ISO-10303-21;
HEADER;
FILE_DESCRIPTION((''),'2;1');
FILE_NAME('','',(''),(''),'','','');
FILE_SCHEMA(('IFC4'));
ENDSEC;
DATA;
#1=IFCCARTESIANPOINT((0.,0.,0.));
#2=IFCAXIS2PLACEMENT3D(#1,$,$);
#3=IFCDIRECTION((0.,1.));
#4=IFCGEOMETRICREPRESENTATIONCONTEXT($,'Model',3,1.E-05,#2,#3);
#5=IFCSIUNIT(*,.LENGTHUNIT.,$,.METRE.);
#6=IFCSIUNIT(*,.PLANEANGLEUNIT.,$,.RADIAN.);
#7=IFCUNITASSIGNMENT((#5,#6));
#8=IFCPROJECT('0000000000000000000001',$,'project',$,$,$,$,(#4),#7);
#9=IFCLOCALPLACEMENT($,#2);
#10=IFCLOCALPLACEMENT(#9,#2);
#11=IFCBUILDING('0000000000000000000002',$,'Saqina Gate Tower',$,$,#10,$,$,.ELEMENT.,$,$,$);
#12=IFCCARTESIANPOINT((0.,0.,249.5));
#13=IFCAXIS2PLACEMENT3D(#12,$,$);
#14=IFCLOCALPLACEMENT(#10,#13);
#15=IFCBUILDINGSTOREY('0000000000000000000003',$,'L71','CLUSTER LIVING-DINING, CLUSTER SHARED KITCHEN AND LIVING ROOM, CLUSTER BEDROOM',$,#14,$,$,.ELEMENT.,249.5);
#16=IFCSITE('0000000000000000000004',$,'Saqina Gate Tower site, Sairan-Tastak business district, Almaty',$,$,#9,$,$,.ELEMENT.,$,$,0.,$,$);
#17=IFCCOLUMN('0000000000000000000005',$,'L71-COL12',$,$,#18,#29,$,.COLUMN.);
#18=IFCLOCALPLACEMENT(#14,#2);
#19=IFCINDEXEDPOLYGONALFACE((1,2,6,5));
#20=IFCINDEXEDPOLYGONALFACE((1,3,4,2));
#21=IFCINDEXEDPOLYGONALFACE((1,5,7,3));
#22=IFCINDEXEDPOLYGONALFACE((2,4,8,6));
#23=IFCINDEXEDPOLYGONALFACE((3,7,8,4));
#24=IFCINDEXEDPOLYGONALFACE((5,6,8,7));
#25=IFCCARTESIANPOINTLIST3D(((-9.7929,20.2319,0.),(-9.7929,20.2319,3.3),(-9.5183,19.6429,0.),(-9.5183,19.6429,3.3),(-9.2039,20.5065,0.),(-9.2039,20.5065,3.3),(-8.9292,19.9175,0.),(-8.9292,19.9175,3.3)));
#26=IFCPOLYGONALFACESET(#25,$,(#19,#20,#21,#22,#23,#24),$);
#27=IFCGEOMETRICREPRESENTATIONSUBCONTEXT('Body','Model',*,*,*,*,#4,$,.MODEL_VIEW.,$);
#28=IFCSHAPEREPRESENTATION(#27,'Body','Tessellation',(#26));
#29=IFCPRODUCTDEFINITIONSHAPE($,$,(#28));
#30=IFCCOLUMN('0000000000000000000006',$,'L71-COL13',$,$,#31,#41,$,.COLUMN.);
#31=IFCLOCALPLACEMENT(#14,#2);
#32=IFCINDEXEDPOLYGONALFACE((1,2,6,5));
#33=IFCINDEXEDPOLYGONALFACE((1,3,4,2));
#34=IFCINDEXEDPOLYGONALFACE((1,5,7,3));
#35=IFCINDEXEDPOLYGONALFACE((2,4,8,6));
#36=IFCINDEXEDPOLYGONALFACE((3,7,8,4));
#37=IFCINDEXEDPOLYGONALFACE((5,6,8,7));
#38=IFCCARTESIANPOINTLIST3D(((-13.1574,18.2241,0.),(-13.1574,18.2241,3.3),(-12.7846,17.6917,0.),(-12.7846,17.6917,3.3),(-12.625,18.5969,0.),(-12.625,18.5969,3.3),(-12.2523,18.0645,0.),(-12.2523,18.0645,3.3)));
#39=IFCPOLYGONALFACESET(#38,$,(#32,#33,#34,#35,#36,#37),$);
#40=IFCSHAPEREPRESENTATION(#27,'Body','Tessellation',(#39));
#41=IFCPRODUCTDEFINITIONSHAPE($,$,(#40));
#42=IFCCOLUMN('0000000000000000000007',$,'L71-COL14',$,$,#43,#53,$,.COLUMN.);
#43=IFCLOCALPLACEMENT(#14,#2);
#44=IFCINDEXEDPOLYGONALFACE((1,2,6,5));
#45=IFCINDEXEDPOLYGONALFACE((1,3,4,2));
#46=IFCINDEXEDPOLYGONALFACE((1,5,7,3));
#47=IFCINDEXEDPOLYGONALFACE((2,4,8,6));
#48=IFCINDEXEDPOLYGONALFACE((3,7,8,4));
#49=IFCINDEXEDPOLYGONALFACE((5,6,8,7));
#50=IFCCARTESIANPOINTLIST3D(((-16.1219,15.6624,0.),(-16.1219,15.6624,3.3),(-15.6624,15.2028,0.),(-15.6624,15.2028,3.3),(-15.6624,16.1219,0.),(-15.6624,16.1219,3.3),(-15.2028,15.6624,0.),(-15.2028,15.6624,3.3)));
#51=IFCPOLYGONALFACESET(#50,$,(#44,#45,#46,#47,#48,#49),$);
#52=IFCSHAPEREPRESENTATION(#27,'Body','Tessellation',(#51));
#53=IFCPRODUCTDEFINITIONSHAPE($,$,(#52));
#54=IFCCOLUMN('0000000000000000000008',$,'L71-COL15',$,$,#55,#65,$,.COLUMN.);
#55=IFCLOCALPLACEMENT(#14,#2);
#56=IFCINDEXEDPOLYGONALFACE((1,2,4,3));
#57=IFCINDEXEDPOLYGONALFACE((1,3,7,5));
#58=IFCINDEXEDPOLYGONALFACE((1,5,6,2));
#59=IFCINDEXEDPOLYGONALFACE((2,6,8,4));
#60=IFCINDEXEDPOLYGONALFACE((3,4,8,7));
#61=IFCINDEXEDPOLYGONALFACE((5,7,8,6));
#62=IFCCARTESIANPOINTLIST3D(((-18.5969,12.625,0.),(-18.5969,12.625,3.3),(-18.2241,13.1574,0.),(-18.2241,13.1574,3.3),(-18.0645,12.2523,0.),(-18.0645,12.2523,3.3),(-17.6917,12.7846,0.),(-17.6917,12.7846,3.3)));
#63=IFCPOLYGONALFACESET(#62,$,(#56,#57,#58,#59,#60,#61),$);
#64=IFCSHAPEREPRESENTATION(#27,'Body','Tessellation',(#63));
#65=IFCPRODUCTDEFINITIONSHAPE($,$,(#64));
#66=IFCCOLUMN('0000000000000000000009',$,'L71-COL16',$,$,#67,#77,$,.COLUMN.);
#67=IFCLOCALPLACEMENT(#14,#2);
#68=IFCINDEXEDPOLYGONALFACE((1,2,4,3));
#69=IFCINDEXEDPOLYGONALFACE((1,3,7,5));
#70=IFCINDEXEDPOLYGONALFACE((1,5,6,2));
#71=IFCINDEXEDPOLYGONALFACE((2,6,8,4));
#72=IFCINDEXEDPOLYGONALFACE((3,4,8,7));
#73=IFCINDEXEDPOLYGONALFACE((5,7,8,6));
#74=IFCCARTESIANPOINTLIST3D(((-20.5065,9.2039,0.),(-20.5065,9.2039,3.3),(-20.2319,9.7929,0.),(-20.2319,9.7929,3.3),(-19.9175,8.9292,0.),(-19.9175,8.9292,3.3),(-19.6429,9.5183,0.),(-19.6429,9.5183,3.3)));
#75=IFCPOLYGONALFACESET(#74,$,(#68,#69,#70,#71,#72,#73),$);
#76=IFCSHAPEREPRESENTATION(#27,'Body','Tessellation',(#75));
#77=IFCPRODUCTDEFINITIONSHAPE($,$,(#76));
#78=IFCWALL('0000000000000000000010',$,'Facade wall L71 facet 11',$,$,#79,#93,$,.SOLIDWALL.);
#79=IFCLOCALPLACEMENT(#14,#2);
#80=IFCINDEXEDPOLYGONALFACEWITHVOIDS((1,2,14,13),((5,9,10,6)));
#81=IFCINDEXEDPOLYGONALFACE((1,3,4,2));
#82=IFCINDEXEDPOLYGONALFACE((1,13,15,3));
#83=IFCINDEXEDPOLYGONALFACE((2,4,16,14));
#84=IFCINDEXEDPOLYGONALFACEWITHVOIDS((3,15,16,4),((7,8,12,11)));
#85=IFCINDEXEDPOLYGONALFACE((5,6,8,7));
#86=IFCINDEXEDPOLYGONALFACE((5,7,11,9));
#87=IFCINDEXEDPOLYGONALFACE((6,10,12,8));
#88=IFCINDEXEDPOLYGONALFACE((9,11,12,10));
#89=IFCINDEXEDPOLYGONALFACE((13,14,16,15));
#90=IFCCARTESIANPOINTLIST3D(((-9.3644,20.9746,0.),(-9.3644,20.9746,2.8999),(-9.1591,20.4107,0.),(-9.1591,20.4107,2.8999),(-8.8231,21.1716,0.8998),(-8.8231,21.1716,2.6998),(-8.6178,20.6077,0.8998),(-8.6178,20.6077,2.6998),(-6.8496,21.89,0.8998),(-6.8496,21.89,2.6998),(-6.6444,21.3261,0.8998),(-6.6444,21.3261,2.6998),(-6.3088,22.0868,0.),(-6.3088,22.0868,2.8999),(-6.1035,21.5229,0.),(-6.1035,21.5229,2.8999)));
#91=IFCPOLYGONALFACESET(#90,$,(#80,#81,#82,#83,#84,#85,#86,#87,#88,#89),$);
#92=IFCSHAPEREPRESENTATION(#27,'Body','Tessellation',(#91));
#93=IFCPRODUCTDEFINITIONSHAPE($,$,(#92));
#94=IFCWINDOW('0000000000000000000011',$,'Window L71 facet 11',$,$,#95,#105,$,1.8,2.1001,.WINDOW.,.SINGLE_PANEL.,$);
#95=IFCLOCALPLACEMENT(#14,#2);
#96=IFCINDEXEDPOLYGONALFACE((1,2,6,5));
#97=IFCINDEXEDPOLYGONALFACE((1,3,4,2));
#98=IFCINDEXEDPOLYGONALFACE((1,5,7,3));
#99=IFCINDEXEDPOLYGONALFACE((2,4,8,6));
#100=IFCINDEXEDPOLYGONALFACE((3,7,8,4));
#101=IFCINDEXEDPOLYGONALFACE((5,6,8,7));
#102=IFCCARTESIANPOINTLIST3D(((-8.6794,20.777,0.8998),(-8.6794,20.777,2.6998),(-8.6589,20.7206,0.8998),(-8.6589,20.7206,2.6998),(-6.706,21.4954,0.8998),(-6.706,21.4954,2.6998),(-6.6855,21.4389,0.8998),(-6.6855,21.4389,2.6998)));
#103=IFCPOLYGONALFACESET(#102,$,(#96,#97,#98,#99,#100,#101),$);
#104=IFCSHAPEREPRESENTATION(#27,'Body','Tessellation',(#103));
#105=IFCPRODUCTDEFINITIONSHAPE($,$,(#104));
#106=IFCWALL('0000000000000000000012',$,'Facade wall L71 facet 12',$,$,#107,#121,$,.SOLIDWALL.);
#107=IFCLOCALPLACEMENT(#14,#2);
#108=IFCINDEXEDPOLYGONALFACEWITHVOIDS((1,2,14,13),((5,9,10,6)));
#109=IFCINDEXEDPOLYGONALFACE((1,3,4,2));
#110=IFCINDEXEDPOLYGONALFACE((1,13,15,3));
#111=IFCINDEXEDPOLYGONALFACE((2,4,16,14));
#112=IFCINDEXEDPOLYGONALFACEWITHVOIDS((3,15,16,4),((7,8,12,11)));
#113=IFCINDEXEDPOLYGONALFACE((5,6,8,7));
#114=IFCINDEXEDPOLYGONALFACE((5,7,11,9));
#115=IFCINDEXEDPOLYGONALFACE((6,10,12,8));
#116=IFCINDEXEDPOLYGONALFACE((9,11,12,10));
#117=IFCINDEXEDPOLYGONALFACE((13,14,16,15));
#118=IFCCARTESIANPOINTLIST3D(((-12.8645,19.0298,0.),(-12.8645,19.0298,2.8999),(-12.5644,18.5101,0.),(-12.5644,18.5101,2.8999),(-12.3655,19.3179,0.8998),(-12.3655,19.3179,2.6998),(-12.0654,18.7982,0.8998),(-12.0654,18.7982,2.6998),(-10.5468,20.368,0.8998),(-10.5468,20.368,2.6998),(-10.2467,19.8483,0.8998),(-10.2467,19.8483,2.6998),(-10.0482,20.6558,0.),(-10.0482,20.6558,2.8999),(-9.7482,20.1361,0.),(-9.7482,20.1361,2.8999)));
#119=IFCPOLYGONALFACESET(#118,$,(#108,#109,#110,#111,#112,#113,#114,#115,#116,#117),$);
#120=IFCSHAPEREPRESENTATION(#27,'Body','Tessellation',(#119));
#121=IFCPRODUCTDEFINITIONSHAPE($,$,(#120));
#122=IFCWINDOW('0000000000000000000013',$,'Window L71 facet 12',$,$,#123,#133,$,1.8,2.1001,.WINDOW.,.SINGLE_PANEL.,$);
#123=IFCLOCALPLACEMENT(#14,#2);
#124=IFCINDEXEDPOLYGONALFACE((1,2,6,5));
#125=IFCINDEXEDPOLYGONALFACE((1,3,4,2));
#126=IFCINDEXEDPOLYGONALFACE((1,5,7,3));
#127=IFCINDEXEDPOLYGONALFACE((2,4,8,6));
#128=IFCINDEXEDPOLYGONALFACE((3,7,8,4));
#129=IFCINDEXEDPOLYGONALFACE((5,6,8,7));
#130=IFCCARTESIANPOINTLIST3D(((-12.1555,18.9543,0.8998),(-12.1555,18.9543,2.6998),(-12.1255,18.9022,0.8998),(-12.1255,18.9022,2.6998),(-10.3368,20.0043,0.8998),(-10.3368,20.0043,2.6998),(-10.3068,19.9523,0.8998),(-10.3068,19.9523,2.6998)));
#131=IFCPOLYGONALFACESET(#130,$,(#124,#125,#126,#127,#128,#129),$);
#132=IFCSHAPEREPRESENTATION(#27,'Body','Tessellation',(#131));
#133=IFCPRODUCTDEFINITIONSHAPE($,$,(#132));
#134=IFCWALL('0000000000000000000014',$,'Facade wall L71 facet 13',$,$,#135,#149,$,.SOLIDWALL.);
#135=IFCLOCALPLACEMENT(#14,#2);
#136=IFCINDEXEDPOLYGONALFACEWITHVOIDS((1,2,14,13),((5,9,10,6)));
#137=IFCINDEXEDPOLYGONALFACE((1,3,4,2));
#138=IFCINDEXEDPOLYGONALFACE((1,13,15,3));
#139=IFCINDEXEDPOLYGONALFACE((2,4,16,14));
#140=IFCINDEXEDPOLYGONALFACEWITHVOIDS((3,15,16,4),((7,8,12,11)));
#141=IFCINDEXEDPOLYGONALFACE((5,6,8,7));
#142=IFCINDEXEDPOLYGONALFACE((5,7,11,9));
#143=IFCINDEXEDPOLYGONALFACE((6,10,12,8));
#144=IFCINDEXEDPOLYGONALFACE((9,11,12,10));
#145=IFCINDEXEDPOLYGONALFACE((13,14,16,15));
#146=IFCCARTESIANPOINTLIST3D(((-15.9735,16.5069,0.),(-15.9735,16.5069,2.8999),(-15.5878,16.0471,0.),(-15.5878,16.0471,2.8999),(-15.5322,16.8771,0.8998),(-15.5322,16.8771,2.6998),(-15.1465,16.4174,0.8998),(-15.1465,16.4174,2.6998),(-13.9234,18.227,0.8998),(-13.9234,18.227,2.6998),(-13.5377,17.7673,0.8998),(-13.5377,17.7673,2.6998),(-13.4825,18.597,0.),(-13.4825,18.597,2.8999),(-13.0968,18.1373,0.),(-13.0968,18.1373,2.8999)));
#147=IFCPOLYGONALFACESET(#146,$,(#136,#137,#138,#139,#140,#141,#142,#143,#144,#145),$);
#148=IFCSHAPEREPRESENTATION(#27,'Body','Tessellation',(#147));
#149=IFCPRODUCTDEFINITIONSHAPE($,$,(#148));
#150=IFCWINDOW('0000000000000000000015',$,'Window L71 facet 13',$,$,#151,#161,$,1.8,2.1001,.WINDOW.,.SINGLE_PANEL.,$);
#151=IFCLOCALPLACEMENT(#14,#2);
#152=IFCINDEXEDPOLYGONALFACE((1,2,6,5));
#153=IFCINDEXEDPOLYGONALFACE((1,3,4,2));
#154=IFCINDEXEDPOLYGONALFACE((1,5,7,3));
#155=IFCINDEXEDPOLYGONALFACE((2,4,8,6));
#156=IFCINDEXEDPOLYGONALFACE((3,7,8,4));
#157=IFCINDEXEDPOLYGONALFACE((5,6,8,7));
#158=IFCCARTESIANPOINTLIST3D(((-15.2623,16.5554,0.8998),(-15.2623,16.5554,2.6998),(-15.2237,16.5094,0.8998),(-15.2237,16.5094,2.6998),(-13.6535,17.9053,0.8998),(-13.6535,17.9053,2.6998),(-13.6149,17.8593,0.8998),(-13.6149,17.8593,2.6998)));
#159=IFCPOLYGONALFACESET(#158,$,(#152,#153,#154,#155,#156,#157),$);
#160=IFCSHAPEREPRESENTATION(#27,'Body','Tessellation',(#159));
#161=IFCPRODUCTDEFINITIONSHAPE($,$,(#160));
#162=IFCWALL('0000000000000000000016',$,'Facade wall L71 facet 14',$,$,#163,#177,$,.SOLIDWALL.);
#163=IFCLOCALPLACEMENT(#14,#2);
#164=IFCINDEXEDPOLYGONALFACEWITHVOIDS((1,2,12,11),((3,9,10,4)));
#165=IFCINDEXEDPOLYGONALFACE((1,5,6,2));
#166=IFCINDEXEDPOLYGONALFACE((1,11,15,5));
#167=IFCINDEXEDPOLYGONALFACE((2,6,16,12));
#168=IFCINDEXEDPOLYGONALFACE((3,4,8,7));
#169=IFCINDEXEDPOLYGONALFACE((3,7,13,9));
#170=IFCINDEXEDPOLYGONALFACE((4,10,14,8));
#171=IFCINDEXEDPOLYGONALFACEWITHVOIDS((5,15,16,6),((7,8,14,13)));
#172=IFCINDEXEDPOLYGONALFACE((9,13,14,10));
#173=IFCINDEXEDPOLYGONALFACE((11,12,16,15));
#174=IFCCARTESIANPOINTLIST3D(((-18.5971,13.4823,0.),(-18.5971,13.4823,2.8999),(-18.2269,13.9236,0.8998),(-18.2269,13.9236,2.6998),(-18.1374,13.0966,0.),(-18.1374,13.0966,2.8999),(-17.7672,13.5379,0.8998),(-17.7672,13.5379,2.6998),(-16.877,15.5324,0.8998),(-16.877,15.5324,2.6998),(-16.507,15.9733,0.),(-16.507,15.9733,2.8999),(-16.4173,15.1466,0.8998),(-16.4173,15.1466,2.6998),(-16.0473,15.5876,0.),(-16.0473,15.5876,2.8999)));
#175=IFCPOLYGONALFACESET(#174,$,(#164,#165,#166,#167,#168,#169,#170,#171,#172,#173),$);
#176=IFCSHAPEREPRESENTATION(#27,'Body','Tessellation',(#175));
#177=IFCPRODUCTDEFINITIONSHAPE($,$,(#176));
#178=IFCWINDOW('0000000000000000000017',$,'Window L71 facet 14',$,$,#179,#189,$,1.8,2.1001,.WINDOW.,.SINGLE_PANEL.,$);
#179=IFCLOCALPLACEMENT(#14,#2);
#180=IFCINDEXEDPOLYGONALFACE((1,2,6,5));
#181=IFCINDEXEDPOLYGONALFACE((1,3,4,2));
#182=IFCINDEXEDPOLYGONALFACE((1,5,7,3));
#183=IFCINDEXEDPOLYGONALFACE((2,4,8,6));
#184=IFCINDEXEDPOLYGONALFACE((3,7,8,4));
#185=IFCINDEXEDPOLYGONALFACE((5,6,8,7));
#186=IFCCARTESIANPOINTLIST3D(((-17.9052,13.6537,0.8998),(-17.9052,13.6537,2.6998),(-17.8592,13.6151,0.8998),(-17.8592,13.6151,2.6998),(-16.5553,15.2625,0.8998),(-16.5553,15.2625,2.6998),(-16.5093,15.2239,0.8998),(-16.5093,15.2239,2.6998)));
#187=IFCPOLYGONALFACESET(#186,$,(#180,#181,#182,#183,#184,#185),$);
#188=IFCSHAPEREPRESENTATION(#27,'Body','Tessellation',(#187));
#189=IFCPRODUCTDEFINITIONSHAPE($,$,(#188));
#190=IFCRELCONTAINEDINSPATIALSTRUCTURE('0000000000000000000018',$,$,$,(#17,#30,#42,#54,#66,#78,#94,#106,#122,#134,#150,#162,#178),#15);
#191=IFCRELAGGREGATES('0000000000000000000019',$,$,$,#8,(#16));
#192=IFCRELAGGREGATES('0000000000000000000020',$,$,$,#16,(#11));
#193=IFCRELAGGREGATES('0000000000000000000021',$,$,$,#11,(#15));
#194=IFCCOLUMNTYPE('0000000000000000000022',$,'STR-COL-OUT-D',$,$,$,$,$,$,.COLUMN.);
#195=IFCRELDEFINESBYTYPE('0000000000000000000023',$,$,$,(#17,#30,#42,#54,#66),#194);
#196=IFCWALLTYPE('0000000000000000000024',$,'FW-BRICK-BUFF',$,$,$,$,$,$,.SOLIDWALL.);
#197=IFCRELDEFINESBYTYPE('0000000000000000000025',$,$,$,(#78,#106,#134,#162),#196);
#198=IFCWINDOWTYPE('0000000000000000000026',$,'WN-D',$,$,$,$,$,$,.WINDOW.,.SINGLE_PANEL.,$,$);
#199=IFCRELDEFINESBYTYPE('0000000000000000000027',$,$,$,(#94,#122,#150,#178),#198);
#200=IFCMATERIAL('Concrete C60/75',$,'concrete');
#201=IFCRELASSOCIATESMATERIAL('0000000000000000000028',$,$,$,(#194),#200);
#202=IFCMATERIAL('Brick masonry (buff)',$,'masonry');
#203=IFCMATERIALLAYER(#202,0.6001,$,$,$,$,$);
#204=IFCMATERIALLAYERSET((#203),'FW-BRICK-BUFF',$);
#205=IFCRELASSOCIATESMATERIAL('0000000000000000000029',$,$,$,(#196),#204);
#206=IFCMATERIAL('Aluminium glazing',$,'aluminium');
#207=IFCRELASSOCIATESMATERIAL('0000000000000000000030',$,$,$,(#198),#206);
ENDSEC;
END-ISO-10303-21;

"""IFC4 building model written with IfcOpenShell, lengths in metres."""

from ifc_helpers import new_model, si_unit, direction, frame, frame_2d, origin, origin_2d, place, context, subcontext, project, spatial, rectangle, extrude, material, layer, layer_set, material_profile, profile_set, type_object, element, fill, save


model = new_model("IFC4")

# Units and contexts
model_context = context("Model", 3, precision=1e-05, world=origin(), true_north=direction((0.0, 1.0)))
body_context = subcontext(model_context, "Body", "Model", "MODEL_VIEW")
ifc_project = project(units=[si_unit("LENGTHUNIT", "METRE"), si_unit("PLANEANGLEUNIT", "RADIAN")], contexts=[model_context])

# Site, building, storey
site_placement = place(None, origin())
site = spatial("IfcSite", under=ifc_project, at=site_placement, Name="Saqina Gate Tower site, Sairan-Tastak business district, Almaty", CompositionType="ELEMENT", RefElevation=0.0)
building_placement = place(site_placement, origin())
building = spatial("IfcBuilding", under=site, at=building_placement, Name="Saqina Gate Tower", CompositionType="ELEMENT")
storey_placement = place(building_placement, frame((0.0, 0.0, 249.5)))
storey = spatial("IfcBuildingStorey", under=building, at=storey_placement, Name="L71", Description="CLUSTER LIVING-DINING, CLUSTER SHARED KITCHEN AND LIVING ROOM, CLUSTER BEDROOM", CompositionType="ELEMENT", Elevation=249.5)

# Columns
ifc_material_1 = material(Name="Concrete C60/75", Category="concrete")
ifc_material_profile = material_profile(ifc_material_1, rectangle(XDim=0.6499, YDim=0.6499, at=origin_2d()), Name="RC 650x650")
ifc_profile_set = profile_set([ifc_material_profile], Name="Concrete C60/75")
column_type = type_object("IfcColumnType", Name="STR-COL-OUT-D", PredefinedType="COLUMN", material=ifc_profile_set)
for number, where, z_axis, x_axis, name in (
    (1, (-9.3611, 20.0747, 0.0), (0.0, 0.0, 1.0), (-0.422618, 0.906308, 0.0), "L71-COL12"),
    (2, (-12.7048, 18.1443, 0.0), (0.0, 0.0, 1.0), (-0.573576, 0.819152, 0.0), "L71-COL13"),
    (3, (-15.6624, 15.6624, 0.0), (0.0, 0.0, 1.0), (-0.707107, 0.707107, 0.0), "L71-COL14"),
    (4, (-18.1443, 12.7048, 0.0), (0.0, 0.0, 1.0), (-0.819152, 0.573576, 0.0), "L71-COL15"),
    (5, (-20.0747, 9.3611, 0.0), (0.0, 0.0, 1.0), (-0.906308, 0.422618, 0.0), "L71-COL16"),
):
    element("IfcColumn", number, at=place(storey_placement, frame(where, z_axis=z_axis, x_axis=x_axis)), inside=storey, type_object=column_type, Name=name, PredefinedType="COLUMN", context=body_context, shape_type="SweptSolid", body=[
        extrude(rectangle(XDim=0.6499, YDim=0.6499, at=origin_2d()), origin(), (0.0, 0.0, 1.0), 3.3),
    ])

# Walls, openings, windows
ifc_material_2 = material(Name="Brick masonry (buff)", Category="masonry")
ifc_layer_1 = layer(ifc_material_2, 0.6001)
ifc_layer_set_1 = layer_set([ifc_layer_1], Name="FW-BRICK-BUFF")
wall_type_1 = type_object("IfcWallType", Name="FW-BRICK-BUFF", PredefinedType="SOLIDWALL", material=ifc_layer_set_1)
wall_1_placement = place(storey_placement, frame((-6.2061, 21.8049, 0.0), z_axis=(0.0, 0.0, 1.0), x_axis=(-0.939679, -0.342057, 0.0)))
wall_1 = element("IfcWall", 6, at=wall_1_placement, inside=storey, type_object=wall_type_1, Name="Facade wall L71 facet 11", PredefinedType="SOLIDWALL", context=body_context, shape_type="SweptSolid", body=[
    extrude(rectangle(XDim=3.2517, YDim=0.6001, at=frame_2d((1.626, 0.0))), origin(), (0.0, 0.0, 1.0), 2.8999),
])
opening_1_placement = place(wall_1_placement, frame((0.5757, 0.0, 0.8999)))
opening_1 = element("IfcOpeningElement", 7, at=opening_1_placement, cuts=wall_1, PredefinedType="OPENING", context=body_context, shape_type="SweptSolid", body=[
    extrude(rectangle(XDim=2.1001, YDim=1.8, at=frame_2d((1.05, 0.8999))), frame((0.0, 0.312, 0.0), z_axis=(0.0, -1.0, 0.0), x_axis=(1.0, 0.0, 0.0)), (0.0, 0.0, 1.0), 0.624),
])
ifc_material_3 = material(Name="Aluminium glazing", Category="aluminium")
window_type = type_object("IfcWindowType", Name="WN-D", PartitioningType="SINGLE_PANEL", PredefinedType="WINDOW", material=ifc_material_3)
window_1_placement = place(opening_1_placement, origin())
window_1 = element("IfcWindow", 8, at=window_1_placement, inside=storey, type_object=window_type, Name="Window L71 facet 11", OverallHeight=1.8, OverallWidth=2.1001, PartitioningType="SINGLE_PANEL", PredefinedType="WINDOW", context=body_context, shape_type="SweptSolid", body=[
    extrude(rectangle(XDim=2.1001, YDim=1.8, at=frame_2d((1.05, 0.8999))), frame((0.0, 0.1799, 0.0), z_axis=(0.0, -1.0, 0.0), x_axis=(1.0, 0.0, 0.0)), (0.0, 0.0, 1.0), 0.0601),
])
fill(opening_1, window_1)
wall_2_placement = place(storey_placement, frame((-9.8982, 20.396, 0.0), z_axis=(0.0, 0.0, 1.0), x_axis=(-0.866017, -0.500015, 0.0)))
wall_2 = element("IfcWall", 9, at=wall_2_placement, inside=storey, type_object=wall_type_1, Name="Facade wall L71 facet 12", PredefinedType="SOLIDWALL", context=body_context, shape_type="SweptSolid", body=[
    extrude(rectangle(XDim=3.252, YDim=0.6001, at=frame_2d((1.626, 0.0))), origin(), (0.0, 0.0, 1.0), 2.8999),
])
opening_2_placement = place(wall_2_placement, frame((0.5757, 0.0, 0.8999)))
opening_2 = element("IfcOpeningElement", 10, at=opening_2_placement, cuts=wall_2, PredefinedType="OPENING", context=body_context, shape_type="SweptSolid", body=[
    extrude(rectangle(XDim=2.1001, YDim=1.8, at=frame_2d((1.05, 0.8999))), frame((0.0, 0.312, 0.0), z_axis=(0.0, -1.0, 0.0), x_axis=(1.0, 0.0, 0.0)), (0.0, 0.0, 1.0), 0.624),
])
window_2_placement = place(opening_2_placement, origin())
window_2 = element("IfcWindow", 11, at=window_2_placement, inside=storey, type_object=window_type, Name="Window L71 facet 12", OverallHeight=1.8, OverallWidth=2.1001, PartitioningType="SINGLE_PANEL", PredefinedType="WINDOW", context=body_context, shape_type="SweptSolid", body=[
    extrude(rectangle(XDim=2.1001, YDim=1.8, at=frame_2d((1.05, 0.8999))), frame((0.0, 0.1799, 0.0), z_axis=(0.0, -1.0, 0.0), x_axis=(1.0, 0.0, 0.0)), (0.0, 0.0, 1.0), 0.0601),
])
fill(opening_2, window_2)
wall_3_placement = place(storey_placement, frame((-13.2896, 18.3672, 0.0), z_axis=(0.0, 0.0, 1.0), x_axis=(-0.766057, -0.642773, 0.0)))
wall_3 = element("IfcWall", 12, at=wall_3_placement, inside=storey, type_object=wall_type_1, Name="Facade wall L71 facet 13", PredefinedType="SOLIDWALL", context=body_context, shape_type="SweptSolid", body=[
    extrude(rectangle(XDim=3.2517, YDim=0.6001, at=frame_2d((1.626, 0.0))), origin(), (0.0, 0.0, 1.0), 2.8999),
])
opening_3_placement = place(wall_3_placement, frame((0.5757, 0.0, 0.8999)))
opening_3 = element("IfcOpeningElement", 13, at=opening_3_placement, cuts=wall_3, PredefinedType="OPENING", context=body_context, shape_type="SweptSolid", body=[
    extrude(rectangle(XDim=2.1001, YDim=1.8, at=frame_2d((1.05, 0.8999))), frame((0.0, 0.312, 0.0), z_axis=(0.0, -1.0, 0.0), x_axis=(1.0, 0.0, 0.0)), (0.0, 0.0, 1.0), 0.624),
])
window_3_placement = place(opening_3_placement, origin())
window_3 = element("IfcWindow", 14, at=window_3_placement, inside=storey, type_object=window_type, Name="Window L71 facet 13", OverallHeight=1.8, OverallWidth=2.1001, PartitioningType="SINGLE_PANEL", PredefinedType="WINDOW", context=body_context, shape_type="SweptSolid", body=[
    extrude(rectangle(XDim=2.1001, YDim=1.8, at=frame_2d((1.05, 0.8999))), frame((0.0, 0.1799, 0.0), z_axis=(0.0, -1.0, 0.0), x_axis=(1.0, 0.0, 0.0)), (0.0, 0.0, 1.0), 0.0601),
])
fill(opening_3, window_3)
wall_4_placement = place(storey_placement, frame((-16.2771, 15.7805, 0.0), z_axis=(0.0, 0.0, 1.0), x_axis=(-0.642773, -0.766057, 0.0)))
wall_4 = element("IfcWall", 15, at=wall_4_placement, inside=storey, type_object=wall_type_1, Name="Facade wall L71 facet 14", PredefinedType="SOLIDWALL", context=body_context, shape_type="SweptSolid", body=[
    extrude(rectangle(XDim=3.2517, YDim=0.6001, at=frame_2d((1.626, 0.0))), origin(), (0.0, 0.0, 1.0), 2.8999),
])
opening_4_placement = place(wall_4_placement, frame((0.5757, 0.0, 0.8999)))
opening_4 = element("IfcOpeningElement", 16, at=opening_4_placement, cuts=wall_4, PredefinedType="OPENING", context=body_context, shape_type="SweptSolid", body=[
    extrude(rectangle(XDim=2.1001, YDim=1.8, at=frame_2d((1.05, 0.8999))), frame((0.0, 0.312, 0.0), z_axis=(0.0, -1.0, 0.0), x_axis=(1.0, 0.0, 0.0)), (0.0, 0.0, 1.0), 0.624),
])
window_4_placement = place(opening_4_placement, origin())
window_4 = element("IfcWindow", 17, at=window_4_placement, inside=storey, type_object=window_type, Name="Window L71 facet 14", OverallHeight=1.8, OverallWidth=2.1001, PartitioningType="SINGLE_PANEL", PredefinedType="WINDOW", context=body_context, shape_type="SweptSolid", body=[
    extrude(rectangle(XDim=2.1001, YDim=1.8, at=frame_2d((1.05, 0.8999))), frame((0.0, 0.1799, 0.0), z_axis=(0.0, -1.0, 0.0), x_axis=(1.0, 0.0, 0.0)), (0.0, 0.0, 1.0), 0.0601),
])
fill(opening_4, window_4)

save(model, "model.ifc")
